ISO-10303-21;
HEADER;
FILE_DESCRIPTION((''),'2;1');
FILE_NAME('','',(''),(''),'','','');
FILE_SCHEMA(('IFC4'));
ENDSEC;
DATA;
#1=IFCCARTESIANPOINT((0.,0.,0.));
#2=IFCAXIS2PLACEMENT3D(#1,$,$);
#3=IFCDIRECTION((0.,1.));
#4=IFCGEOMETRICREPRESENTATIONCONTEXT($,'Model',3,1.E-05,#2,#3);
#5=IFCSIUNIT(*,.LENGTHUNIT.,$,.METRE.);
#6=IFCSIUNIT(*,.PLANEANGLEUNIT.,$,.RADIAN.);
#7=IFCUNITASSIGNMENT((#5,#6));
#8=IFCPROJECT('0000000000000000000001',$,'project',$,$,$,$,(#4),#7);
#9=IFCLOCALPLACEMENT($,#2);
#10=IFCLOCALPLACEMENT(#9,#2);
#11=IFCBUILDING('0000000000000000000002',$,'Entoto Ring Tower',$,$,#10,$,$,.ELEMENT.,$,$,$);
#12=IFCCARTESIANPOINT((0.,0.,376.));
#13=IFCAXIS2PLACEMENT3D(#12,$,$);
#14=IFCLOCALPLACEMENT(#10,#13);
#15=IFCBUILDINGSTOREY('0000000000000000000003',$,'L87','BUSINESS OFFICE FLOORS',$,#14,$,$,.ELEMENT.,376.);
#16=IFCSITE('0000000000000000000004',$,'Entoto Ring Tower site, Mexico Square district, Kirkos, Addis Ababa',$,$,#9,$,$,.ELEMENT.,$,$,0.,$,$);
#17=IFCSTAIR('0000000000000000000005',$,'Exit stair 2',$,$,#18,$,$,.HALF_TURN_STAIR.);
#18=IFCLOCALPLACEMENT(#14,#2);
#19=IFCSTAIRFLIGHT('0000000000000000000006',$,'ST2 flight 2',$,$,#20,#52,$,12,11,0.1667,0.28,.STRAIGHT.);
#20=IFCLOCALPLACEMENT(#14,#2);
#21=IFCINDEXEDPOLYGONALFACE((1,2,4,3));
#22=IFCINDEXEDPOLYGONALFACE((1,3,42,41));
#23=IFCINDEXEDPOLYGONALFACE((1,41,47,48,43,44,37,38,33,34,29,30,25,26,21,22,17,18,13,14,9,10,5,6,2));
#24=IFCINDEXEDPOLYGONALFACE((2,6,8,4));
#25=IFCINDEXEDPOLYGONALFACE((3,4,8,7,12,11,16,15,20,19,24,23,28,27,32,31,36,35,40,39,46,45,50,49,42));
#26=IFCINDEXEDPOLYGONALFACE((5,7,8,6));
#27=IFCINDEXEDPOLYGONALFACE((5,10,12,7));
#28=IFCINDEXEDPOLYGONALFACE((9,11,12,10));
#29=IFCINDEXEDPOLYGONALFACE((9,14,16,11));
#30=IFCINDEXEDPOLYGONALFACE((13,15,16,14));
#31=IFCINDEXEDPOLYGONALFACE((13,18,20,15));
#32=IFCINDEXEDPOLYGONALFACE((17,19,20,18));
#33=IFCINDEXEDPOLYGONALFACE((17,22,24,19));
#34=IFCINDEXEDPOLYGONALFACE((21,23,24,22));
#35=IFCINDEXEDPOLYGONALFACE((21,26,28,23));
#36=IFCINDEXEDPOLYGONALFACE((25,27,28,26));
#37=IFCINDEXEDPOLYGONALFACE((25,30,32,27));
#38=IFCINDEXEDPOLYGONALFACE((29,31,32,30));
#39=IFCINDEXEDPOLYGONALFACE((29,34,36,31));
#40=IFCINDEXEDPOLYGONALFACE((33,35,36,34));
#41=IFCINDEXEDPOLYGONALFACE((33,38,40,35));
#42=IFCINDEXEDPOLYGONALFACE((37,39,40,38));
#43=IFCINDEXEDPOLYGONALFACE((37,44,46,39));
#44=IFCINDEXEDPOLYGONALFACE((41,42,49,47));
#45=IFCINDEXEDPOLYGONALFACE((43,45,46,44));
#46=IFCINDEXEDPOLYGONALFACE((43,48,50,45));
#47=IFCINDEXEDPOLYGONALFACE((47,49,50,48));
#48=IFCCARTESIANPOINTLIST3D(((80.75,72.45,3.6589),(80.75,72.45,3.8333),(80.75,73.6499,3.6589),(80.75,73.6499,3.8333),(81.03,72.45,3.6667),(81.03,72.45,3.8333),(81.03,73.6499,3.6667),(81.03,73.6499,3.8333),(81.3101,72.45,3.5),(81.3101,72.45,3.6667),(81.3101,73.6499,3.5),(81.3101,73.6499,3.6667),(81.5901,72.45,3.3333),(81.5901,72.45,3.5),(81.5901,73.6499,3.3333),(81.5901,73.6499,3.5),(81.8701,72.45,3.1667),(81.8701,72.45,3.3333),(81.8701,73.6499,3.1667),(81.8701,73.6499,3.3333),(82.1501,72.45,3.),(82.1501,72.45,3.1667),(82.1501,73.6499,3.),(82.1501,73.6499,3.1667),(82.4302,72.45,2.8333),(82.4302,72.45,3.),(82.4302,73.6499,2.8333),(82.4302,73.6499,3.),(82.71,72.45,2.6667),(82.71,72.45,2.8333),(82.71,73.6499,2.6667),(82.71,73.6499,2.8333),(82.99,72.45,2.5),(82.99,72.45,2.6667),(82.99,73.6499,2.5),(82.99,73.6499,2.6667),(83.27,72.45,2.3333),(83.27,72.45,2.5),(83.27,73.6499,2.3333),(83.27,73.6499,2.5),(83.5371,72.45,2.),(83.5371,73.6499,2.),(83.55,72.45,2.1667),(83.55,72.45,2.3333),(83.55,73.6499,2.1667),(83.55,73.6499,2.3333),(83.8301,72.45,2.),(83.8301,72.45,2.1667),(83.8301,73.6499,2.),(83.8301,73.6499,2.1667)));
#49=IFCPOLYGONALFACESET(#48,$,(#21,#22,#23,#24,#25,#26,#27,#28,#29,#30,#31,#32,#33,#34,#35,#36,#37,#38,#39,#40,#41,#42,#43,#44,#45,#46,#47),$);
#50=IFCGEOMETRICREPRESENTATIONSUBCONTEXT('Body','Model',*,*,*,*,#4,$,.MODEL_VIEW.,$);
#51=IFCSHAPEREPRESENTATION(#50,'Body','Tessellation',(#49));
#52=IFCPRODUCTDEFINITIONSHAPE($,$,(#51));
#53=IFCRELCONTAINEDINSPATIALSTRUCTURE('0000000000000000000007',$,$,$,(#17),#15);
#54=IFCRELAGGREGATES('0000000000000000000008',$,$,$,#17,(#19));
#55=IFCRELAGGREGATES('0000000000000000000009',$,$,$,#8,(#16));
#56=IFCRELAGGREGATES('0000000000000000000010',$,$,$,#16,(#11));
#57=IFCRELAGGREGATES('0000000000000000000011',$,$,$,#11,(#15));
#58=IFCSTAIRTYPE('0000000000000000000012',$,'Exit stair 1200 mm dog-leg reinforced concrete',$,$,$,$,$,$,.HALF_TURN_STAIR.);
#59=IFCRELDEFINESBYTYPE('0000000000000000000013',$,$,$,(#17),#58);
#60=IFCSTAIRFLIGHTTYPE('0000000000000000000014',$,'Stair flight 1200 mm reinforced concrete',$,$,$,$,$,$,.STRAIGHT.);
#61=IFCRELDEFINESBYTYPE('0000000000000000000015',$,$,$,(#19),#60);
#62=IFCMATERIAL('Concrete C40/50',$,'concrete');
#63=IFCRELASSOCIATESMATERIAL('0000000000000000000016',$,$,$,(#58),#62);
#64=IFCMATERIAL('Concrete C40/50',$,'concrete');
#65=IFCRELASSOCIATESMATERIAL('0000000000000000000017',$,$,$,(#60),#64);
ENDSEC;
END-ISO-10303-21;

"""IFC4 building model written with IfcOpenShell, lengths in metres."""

from ifc_helpers import new_model, si_unit, direction, frame, origin, place, context, subcontext, project, spatial, polyline, outline, extrude, material, type_object, element, aggregate, save


model = new_model("IFC4")

# Units and contexts
model_context = context("Model", 3, precision=1e-05, world=origin(), true_north=direction((0.0, 1.0)))
body_context = subcontext(model_context, "Body", "Model", "MODEL_VIEW")
ifc_project = project(units=[si_unit("LENGTHUNIT", "METRE"), si_unit("PLANEANGLEUNIT", "RADIAN")], contexts=[model_context])

# Site, building, storey
site_placement = place(None, origin())
site = spatial("IfcSite", under=ifc_project, at=site_placement, Name="Entoto Ring Tower site, Mexico Square district, Kirkos, Addis Ababa", CompositionType="ELEMENT", RefElevation=0.0)
building_placement = place(site_placement, origin())
building = spatial("IfcBuilding", under=site, at=building_placement, Name="Entoto Ring Tower", CompositionType="ELEMENT")
storey_placement = place(building_placement, frame((0.0, 0.0, 376.0)))
storey = spatial("IfcBuildingStorey", under=building, at=storey_placement, Name="L87", Description="BUSINESS OFFICE FLOORS", CompositionType="ELEMENT", Elevation=376.0)

# Stair, stair flight
ifc_material_1 = material(Name="Concrete C40/50", Category="concrete")
stair_type = type_object("IfcStairType", Name="Exit stair 1200 mm dog-leg reinforced concrete", PredefinedType="HALF_TURN_STAIR", material=ifc_material_1)
stair_placement = place(storey_placement, origin())
stair = element("IfcStair", 1, at=stair_placement, inside=storey, type_object=stair_type, Name="Exit stair 2", PredefinedType="HALF_TURN_STAIR")
ifc_material_2 = material(Name="Concrete C40/50", Category="concrete")
stair_flight_type = type_object("IfcStairFlightType", Name="Stair flight 1200 mm reinforced concrete", PredefinedType="STRAIGHT", material=ifc_material_2)
stair_flight_1_placement = place(storey_placement, frame((83.8301, 73.05, 2.0), z_axis=(0.0, 0.0, 1.0), x_axis=(-1.0, 0.0, 0.0)))
stair_flight_1 = element("IfcStairFlight", 2, at=stair_flight_1_placement, type_object=stair_flight_type, Name="ST2 flight 2", NumberOfRisers=12, NumberOfTreads=11, PredefinedType="STRAIGHT", RiserHeight=0.1667, TreadLength=0.28, context=body_context, shape_type="SweptSolid", body=[
    extrude(outline(polyline([(0.0, 0.0), (0.0, 0.1667), (0.28, 0.1667), (0.28, 0.3333), (0.5601, 0.3333), (0.5601, 0.5), (0.8401, 0.5), (0.8401, 0.6667), (1.1201, 0.6667), (1.1201, 0.8333), (1.3999, 0.8333), (1.3999, 1.0), (1.6799, 1.0), (1.6799, 1.1667), (1.96, 1.1667), (1.96, 1.3333), (2.24, 1.3333), (2.24, 1.5), (2.52, 1.5), (2.52, 1.6667), (2.8, 1.6667), (2.8, 1.8333), (3.0801, 1.8333), (3.0801, 2.0), (3.0801, 1.6589), (0.293, 0.0), (0.0, 0.0)])), frame((0.0, 0.6001, 0.0), z_axis=(0.0, -1.0, 0.0), x_axis=(1.0, 0.0, 0.0)), (0.0, 0.0, 1.0), 1.2),
])
aggregate(stair, [stair_flight_1])

save(model, "model.ifc")
